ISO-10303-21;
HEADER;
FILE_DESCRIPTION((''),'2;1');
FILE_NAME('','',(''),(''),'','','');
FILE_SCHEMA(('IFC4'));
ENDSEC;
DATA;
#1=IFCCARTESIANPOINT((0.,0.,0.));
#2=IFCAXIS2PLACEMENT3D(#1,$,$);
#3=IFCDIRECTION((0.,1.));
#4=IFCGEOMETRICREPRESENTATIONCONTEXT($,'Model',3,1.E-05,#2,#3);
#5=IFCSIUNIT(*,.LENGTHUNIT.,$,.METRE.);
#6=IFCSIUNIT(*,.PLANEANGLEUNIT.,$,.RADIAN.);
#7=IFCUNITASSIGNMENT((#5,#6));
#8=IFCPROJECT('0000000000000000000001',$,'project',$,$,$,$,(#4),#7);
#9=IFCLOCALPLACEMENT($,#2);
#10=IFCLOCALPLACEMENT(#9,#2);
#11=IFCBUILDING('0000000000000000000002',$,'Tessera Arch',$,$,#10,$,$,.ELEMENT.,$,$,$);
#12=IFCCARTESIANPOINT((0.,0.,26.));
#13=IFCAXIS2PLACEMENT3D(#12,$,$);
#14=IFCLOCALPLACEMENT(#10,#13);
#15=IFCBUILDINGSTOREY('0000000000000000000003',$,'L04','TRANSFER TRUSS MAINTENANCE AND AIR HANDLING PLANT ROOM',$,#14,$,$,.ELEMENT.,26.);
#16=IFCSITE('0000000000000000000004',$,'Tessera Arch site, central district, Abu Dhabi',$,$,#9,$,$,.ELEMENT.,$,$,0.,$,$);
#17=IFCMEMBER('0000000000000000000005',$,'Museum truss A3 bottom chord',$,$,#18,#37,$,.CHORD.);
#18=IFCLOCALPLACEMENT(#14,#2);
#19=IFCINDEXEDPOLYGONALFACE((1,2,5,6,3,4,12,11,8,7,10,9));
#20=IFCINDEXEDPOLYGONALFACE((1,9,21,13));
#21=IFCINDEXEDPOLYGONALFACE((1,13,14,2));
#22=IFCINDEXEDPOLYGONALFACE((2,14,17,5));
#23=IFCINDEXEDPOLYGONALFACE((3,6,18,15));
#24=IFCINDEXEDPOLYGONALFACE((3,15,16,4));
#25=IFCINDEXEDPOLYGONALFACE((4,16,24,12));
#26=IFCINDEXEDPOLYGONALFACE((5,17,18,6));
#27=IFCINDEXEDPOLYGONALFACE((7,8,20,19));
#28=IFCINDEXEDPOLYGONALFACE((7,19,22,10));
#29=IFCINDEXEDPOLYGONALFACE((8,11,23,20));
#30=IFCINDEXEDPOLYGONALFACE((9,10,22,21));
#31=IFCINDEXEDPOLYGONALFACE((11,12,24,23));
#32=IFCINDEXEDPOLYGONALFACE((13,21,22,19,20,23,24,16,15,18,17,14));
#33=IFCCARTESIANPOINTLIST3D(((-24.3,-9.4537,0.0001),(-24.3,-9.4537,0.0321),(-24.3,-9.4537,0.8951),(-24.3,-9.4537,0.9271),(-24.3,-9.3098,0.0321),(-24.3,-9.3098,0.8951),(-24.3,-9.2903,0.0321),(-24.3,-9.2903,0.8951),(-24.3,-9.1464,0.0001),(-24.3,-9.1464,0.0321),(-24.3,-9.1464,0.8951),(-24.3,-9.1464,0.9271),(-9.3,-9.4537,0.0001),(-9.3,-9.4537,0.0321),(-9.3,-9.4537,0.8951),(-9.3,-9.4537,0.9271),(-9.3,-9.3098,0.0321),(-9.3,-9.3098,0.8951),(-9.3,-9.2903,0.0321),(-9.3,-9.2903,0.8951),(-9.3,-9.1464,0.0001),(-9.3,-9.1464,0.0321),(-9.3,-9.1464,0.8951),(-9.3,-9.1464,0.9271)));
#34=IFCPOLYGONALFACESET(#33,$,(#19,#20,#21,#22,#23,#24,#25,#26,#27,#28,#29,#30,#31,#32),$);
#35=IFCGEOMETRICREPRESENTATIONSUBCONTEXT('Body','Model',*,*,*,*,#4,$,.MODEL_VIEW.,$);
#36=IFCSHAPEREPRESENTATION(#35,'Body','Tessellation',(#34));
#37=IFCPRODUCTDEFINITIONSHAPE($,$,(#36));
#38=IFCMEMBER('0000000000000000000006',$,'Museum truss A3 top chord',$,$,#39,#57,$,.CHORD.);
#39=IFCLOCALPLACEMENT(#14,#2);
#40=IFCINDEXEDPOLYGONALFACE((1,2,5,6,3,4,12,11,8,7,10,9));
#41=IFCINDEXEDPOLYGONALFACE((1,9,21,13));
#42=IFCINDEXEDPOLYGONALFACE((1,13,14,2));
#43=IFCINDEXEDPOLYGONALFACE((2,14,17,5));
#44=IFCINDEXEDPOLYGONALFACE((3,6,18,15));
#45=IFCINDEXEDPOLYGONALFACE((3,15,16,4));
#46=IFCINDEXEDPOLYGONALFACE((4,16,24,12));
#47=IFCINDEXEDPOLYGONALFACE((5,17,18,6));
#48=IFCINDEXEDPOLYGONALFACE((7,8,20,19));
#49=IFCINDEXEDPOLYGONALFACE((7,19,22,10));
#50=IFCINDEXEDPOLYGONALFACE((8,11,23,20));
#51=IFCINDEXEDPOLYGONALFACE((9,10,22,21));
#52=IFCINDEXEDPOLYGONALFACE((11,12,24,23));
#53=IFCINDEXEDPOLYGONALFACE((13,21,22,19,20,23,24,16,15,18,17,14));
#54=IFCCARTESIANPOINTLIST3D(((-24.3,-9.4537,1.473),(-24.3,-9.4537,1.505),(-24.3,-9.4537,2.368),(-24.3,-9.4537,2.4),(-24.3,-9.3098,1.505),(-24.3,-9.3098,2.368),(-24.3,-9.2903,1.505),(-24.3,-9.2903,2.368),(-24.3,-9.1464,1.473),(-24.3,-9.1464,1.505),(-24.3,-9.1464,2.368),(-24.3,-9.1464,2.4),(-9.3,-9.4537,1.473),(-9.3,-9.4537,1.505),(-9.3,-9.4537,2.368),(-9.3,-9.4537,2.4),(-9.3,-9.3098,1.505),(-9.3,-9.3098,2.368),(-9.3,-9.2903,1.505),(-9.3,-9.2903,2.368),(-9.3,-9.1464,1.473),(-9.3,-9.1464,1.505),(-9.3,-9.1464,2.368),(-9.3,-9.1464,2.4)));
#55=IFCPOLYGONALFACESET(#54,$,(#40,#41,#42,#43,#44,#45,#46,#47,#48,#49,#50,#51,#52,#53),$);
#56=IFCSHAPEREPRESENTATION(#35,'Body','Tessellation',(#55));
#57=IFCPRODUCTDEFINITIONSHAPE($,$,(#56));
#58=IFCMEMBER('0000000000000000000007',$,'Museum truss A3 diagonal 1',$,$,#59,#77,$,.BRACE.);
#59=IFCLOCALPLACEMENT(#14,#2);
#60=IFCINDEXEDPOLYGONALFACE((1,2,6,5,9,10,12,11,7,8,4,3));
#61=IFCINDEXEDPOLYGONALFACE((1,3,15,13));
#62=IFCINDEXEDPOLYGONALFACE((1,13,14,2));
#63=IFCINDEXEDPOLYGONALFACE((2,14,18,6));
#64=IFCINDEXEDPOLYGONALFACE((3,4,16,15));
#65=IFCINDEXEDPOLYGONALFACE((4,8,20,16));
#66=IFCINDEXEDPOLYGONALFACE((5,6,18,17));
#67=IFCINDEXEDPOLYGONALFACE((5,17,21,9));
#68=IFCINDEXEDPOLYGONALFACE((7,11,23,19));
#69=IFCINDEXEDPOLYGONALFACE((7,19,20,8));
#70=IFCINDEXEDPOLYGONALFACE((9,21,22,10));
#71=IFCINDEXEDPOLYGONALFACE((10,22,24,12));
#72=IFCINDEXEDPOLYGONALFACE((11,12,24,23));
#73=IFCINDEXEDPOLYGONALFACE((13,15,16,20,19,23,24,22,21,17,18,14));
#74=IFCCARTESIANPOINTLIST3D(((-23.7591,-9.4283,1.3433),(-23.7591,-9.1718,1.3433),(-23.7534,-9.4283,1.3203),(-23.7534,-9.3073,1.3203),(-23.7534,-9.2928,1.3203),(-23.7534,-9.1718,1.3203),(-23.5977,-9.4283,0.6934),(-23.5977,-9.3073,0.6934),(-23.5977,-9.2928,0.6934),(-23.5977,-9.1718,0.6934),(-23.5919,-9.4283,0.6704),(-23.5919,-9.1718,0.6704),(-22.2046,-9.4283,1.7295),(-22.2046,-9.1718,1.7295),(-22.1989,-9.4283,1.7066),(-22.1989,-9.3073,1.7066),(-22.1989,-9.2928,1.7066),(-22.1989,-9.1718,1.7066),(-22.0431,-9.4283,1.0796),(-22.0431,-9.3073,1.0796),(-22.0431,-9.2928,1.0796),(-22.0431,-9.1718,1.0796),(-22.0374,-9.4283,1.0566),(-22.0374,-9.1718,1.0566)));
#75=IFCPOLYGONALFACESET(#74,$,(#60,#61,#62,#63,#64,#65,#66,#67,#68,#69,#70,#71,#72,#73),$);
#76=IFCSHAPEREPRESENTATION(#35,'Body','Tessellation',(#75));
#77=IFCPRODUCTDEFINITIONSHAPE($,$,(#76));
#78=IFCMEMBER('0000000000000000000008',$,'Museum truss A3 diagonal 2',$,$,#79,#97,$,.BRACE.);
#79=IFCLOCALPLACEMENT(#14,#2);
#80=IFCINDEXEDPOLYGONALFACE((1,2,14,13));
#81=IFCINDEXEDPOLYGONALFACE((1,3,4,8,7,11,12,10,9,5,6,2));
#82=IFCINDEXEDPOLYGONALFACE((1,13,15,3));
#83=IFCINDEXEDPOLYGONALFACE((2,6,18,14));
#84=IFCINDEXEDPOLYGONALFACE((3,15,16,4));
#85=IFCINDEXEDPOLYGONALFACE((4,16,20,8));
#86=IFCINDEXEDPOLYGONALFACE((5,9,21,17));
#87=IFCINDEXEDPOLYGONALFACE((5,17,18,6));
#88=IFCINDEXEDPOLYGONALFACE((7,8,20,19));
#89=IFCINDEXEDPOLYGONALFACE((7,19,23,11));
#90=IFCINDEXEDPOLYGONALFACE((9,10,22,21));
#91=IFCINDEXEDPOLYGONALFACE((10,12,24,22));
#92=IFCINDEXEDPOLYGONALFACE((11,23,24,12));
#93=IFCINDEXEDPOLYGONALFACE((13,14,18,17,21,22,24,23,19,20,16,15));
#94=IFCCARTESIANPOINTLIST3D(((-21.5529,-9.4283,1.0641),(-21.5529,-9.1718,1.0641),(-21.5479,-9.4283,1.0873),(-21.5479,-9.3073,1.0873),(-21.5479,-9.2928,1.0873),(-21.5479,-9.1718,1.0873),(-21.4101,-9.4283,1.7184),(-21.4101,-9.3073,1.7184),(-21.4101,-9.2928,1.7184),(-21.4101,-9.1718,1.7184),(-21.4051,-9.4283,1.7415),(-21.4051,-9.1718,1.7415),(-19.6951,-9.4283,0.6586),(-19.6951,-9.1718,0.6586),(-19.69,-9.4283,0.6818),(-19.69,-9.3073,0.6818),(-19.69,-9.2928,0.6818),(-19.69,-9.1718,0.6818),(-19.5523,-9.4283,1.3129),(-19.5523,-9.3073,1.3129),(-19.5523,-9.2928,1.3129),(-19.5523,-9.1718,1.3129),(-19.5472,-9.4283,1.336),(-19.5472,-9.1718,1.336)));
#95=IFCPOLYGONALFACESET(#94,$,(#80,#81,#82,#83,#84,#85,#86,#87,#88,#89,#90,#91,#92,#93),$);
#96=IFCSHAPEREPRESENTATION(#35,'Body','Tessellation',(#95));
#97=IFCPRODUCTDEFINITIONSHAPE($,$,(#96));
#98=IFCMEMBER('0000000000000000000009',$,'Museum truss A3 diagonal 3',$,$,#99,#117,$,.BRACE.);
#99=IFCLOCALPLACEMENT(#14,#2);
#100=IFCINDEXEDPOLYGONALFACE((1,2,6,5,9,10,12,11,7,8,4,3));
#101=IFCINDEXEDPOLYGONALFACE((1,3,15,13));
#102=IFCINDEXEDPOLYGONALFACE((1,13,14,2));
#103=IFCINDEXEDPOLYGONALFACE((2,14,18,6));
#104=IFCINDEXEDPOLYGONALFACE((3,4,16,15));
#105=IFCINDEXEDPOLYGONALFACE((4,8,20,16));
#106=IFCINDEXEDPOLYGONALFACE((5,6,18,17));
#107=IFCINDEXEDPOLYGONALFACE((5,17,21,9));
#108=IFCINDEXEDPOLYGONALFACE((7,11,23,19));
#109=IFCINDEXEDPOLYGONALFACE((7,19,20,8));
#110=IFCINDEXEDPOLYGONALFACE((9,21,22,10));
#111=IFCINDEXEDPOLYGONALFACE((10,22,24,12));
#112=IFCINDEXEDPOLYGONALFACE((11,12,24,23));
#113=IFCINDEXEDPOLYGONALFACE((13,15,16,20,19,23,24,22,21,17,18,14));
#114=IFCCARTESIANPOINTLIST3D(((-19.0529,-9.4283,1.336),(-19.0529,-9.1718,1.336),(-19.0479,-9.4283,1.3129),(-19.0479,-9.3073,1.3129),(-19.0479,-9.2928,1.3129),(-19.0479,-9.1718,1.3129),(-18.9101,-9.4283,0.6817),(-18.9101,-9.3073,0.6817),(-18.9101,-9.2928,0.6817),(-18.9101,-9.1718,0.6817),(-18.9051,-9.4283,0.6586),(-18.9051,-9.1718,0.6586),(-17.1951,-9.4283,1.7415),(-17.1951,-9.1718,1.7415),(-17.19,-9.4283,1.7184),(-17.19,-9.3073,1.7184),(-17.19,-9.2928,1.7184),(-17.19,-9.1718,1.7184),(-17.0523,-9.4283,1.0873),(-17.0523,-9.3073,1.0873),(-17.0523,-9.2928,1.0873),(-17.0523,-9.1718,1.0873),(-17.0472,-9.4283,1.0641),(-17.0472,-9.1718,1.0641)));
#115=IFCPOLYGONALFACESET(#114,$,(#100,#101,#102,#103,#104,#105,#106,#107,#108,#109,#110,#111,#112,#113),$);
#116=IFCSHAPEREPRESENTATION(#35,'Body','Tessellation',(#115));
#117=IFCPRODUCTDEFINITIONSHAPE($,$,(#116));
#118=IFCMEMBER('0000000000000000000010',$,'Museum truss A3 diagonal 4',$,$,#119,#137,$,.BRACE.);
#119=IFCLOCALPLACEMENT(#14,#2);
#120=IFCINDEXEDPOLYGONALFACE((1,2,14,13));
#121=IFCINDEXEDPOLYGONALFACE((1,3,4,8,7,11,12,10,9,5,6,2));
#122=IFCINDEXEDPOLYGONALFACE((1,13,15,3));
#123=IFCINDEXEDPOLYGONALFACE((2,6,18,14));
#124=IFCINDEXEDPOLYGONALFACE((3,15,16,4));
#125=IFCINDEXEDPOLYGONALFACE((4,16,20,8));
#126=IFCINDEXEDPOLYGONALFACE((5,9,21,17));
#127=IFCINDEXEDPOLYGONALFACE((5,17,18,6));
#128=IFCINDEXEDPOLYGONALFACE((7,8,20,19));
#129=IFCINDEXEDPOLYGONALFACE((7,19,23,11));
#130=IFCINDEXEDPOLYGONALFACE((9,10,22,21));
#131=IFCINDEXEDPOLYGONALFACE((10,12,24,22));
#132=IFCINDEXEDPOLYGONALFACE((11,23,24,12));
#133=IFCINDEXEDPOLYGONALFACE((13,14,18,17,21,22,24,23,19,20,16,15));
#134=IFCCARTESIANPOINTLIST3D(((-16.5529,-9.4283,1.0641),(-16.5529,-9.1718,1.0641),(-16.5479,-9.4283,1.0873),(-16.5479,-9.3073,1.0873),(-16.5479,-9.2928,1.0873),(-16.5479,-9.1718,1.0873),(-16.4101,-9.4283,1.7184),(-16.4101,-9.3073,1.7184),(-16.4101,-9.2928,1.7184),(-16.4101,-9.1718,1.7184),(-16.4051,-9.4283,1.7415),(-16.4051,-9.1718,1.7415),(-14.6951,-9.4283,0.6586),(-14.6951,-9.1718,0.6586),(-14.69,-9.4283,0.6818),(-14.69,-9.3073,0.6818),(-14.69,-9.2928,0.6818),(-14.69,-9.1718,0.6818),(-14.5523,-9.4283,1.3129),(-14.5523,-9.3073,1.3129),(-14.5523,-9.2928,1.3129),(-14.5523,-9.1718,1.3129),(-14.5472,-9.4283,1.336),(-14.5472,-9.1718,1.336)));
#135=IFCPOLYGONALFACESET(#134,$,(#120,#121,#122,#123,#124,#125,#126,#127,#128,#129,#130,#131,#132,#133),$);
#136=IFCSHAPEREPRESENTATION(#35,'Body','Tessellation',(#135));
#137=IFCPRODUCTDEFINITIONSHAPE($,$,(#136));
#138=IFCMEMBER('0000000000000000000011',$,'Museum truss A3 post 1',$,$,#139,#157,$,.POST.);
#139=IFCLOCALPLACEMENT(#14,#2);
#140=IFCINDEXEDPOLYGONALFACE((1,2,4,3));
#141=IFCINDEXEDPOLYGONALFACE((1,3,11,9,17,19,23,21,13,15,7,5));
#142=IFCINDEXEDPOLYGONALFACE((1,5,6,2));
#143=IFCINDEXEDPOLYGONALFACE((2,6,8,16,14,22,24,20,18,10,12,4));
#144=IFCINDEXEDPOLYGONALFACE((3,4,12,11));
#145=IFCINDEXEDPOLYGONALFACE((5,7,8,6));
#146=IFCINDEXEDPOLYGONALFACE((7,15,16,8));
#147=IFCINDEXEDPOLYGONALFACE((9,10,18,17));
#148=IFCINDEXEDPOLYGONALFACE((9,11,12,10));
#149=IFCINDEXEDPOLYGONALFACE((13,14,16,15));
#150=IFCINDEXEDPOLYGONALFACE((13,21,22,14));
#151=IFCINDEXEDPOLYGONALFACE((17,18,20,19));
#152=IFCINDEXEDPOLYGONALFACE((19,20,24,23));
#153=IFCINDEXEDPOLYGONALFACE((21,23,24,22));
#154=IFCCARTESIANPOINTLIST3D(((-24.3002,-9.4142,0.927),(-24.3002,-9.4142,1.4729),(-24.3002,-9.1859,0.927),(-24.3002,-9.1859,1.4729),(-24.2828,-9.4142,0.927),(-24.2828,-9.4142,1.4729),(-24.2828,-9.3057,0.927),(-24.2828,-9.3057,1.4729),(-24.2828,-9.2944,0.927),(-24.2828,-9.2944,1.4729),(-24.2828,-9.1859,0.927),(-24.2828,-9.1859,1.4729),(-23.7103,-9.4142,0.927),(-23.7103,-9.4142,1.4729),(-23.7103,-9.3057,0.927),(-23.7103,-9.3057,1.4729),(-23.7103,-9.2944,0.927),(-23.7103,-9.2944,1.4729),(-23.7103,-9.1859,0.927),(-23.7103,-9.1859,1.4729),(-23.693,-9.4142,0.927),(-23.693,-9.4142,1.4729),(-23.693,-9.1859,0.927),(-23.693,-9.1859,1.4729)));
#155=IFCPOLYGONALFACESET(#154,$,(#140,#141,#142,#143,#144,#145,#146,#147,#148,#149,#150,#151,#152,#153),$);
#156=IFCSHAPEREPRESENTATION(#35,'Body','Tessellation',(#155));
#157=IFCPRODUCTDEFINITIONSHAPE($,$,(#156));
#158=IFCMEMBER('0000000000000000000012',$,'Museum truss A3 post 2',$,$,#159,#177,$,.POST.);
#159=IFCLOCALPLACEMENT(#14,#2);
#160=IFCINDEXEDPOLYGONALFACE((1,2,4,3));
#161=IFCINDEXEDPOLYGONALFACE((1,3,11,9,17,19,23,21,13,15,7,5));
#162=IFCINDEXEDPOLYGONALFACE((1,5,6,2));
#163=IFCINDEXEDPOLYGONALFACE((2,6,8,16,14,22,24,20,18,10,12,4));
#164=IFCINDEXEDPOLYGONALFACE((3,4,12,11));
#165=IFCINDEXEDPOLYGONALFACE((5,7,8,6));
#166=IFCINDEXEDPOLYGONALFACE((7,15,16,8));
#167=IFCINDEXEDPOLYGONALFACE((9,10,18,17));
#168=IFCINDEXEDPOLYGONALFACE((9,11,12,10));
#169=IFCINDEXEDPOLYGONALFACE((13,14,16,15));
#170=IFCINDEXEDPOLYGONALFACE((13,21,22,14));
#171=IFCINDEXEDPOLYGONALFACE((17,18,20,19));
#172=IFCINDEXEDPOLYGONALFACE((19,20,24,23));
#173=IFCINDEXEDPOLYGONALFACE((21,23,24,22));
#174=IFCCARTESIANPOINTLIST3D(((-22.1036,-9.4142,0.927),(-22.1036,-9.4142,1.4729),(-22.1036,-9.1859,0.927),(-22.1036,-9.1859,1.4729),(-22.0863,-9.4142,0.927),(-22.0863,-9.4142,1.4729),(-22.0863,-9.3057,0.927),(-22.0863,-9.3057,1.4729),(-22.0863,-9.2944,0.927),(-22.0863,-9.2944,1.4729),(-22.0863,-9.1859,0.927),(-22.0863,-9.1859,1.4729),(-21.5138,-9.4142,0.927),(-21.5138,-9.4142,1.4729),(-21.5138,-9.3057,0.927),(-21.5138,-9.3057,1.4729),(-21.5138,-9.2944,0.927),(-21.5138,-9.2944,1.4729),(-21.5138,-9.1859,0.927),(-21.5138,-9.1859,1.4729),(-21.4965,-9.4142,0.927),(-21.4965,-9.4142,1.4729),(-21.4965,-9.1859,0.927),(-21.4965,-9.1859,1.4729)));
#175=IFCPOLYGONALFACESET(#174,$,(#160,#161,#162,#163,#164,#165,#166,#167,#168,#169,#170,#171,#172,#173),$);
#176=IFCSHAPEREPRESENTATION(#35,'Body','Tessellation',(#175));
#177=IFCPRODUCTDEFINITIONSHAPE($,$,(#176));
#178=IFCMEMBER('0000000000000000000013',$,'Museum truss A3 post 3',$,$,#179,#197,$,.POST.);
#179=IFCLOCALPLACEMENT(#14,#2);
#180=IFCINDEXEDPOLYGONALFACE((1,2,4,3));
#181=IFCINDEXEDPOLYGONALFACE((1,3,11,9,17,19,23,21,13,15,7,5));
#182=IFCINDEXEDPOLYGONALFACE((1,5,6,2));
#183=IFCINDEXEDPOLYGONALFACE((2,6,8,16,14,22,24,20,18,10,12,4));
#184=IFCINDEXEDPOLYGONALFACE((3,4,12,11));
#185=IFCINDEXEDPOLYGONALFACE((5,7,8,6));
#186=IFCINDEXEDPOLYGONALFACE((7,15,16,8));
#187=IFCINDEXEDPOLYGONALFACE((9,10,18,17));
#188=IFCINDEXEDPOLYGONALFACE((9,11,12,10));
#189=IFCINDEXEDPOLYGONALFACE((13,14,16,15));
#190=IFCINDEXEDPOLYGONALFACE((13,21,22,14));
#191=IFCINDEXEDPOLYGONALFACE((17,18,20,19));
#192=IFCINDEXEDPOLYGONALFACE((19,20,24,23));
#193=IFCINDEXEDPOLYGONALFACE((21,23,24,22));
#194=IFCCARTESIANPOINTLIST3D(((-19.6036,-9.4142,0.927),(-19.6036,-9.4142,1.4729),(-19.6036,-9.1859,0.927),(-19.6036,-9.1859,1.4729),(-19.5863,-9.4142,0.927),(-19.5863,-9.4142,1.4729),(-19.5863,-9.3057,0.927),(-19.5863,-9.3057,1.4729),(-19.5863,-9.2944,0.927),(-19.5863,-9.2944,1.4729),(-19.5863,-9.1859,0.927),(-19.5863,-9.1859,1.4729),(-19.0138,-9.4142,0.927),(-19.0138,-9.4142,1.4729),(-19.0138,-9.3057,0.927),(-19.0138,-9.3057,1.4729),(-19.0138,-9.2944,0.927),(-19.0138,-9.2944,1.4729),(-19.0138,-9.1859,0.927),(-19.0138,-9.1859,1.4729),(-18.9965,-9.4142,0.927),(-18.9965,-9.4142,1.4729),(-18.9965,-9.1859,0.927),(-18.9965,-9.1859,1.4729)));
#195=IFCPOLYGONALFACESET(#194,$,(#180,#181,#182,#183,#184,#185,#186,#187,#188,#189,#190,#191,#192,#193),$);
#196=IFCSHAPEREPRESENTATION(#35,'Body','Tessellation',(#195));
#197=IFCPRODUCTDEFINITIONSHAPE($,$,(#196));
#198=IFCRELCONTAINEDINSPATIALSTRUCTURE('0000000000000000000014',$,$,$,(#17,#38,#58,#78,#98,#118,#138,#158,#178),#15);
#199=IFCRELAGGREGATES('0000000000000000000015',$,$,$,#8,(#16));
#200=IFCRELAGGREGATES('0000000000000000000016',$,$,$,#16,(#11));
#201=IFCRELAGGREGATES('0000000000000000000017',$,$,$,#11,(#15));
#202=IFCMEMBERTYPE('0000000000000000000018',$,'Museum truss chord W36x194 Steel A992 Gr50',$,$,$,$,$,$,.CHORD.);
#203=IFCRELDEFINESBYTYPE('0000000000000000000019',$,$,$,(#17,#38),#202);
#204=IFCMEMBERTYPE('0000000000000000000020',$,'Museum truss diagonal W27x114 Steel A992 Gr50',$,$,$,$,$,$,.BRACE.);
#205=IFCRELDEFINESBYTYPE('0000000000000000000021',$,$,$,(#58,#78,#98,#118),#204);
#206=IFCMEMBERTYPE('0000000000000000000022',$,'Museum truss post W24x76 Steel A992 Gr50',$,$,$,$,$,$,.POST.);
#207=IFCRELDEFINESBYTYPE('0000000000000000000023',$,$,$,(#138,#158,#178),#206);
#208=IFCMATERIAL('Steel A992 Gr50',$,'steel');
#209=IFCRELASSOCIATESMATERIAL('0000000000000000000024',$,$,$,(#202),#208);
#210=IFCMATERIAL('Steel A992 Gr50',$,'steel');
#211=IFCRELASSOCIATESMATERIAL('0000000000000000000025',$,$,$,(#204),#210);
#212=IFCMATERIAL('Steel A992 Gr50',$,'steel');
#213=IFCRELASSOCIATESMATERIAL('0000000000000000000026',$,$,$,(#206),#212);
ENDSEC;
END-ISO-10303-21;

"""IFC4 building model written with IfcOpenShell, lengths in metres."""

from ifc_helpers import new_model, si_unit, direction, frame, origin, origin_2d, place, context, subcontext, project, spatial, i_section, extrude, material, material_profile, profile_set, type_object, element, save


model = new_model("IFC4")

# Units and contexts
model_context = context("Model", 3, precision=1e-05, world=origin(), true_north=direction((0.0, 1.0)))
body_context = subcontext(model_context, "Body", "Model", "MODEL_VIEW")
ifc_project = project(units=[si_unit("LENGTHUNIT", "METRE"), si_unit("PLANEANGLEUNIT", "RADIAN")], contexts=[model_context])

# Site, building, storey
site_placement = place(None, origin())
site = spatial("IfcSite", under=ifc_project, at=site_placement, Name="Tessera Arch site, central district, Abu Dhabi", CompositionType="ELEMENT", RefElevation=0.0)
building_placement = place(site_placement, origin())
building = spatial("IfcBuilding", under=site, at=building_placement, Name="Tessera Arch", CompositionType="ELEMENT")
storey_placement = place(building_placement, frame((0.0, 0.0, 26.0)))
storey = spatial("IfcBuildingStorey", under=building, at=storey_placement, Name="L04", Description="TRANSFER TRUSS MAINTENANCE AND AIR HANDLING PLANT ROOM", CompositionType="ELEMENT", Elevation=26.0)

# Members
ifc_material_1 = material(Name="Steel A992 Gr50", Category="steel")
ifc_material_profile_1 = material_profile(ifc_material_1, i_section(OverallWidth=0.3074, OverallDepth=0.927, WebThickness=0.0195, FlangeThickness=0.032, at=origin_2d()), Name="W36x194")
ifc_profile_set_1 = profile_set([ifc_material_profile_1], Name="Steel A992 Gr50")
member_type_1 = type_object("IfcMemberType", Name="Museum truss chord W36x194 Steel A992 Gr50", PredefinedType="CHORD", material=ifc_profile_set_1)
for number, where, z_axis, x_axis, name in (
    (1, (-24.3, -9.3, 0.4636), (1.0, 0.0, 0.0), (0.0, 1.0, 0.0), "Museum truss A3 bottom chord"),
    (2, (-24.3, -9.3, 1.9365), (1.0, 0.0, 0.0), (0.0, 1.0, 0.0), "Museum truss A3 top chord"),
):
    element("IfcMember", number, at=place(storey_placement, frame(where, z_axis=z_axis, x_axis=x_axis)), inside=storey, type_object=member_type_1, Name=name, PredefinedType="CHORD", context=body_context, shape_type="SweptSolid", body=[
        extrude(i_section(OverallWidth=0.3074, OverallDepth=0.927, WebThickness=0.0195, FlangeThickness=0.032, at=origin_2d()), origin(), (0.0, 0.0, 1.0), 15.0),
    ])
ifc_material_2 = material(Name="Steel A992 Gr50", Category="steel")
ifc_material_profile_2 = material_profile(ifc_material_2, i_section(OverallWidth=0.2566, OverallDepth=0.6934, WebThickness=0.0144, FlangeThickness=0.0237, at=origin_2d()), Name="W27x114")
ifc_profile_set_2 = profile_set([ifc_material_profile_2], Name="Steel A992 Gr50")
member_type_2 = type_object("IfcMemberType", Name="Museum truss diagonal W27x114 Steel A992 Gr50", PredefinedType="BRACE", material=ifc_profile_set_2)
member_1_placement = place(storey_placement, frame((-23.6755, -9.3, 1.0068), z_axis=(0.970491, 0.0, 0.241137), x_axis=(0.0, 1.0, 0.0)))
element("IfcMember", 3, at=member_1_placement, inside=storey, type_object=member_type_2, Name="Museum truss A3 diagonal 1", PredefinedType="BRACE", context=body_context, shape_type="SweptSolid", body=[
    extrude(i_section(OverallWidth=0.2566, OverallDepth=0.6934, WebThickness=0.0144, FlangeThickness=0.0237, at=origin_2d()), origin(), (0.0, 0.0, 1.0), 1.6018),
])
for number, where, z_axis, x_axis, name in (
    (4, (-21.479, -9.3, 1.4028), (0.976999, 0.0, -0.213245), (0.0, 1.0, 0.0), "Museum truss A3 diagonal 2"),
    (5, (-18.979, -9.3, 0.9973), (0.976999, 0.0, 0.213245), (0.0, 1.0, 0.0), "Museum truss A3 diagonal 3"),
    (6, (-16.479, -9.3, 1.4028), (0.976999, 0.0, -0.213245), (0.0, 1.0, 0.0), "Museum truss A3 diagonal 4"),
):
    element("IfcMember", number, at=place(storey_placement, frame(where, z_axis=z_axis, x_axis=x_axis)), inside=storey, type_object=member_type_2, Name=name, PredefinedType="BRACE", context=body_context, shape_type="SweptSolid", body=[
        extrude(i_section(OverallWidth=0.2566, OverallDepth=0.6934, WebThickness=0.0144, FlangeThickness=0.0237, at=origin_2d()), origin(), (0.0, 0.0, 1.0), 1.9016),
    ])
ifc_material_3 = material(Name="Steel A992 Gr50", Category="steel")
ifc_material_profile_3 = material_profile(ifc_material_3, i_section(OverallWidth=0.2283, OverallDepth=0.6072, WebThickness=0.0112, FlangeThickness=0.0173, at=origin_2d()), Name="W24x76")
ifc_profile_set_3 = profile_set([ifc_material_profile_3], Name="Steel A992 Gr50")
member_type_3 = type_object("IfcMemberType", Name="Museum truss post W24x76 Steel A992 Gr50", PredefinedType="POST", material=ifc_profile_set_3)
for number, where, z_axis, x_axis, name in (
    (7, (-23.9966, -9.3, 0.927), (0.0, 0.0, 1.0), (0.0, 1.0, 0.0), "Museum truss A3 post 1"),
    (8, (-21.8, -9.3, 0.927), (0.0, 0.0, 1.0), (0.0, 1.0, 0.0), "Museum truss A3 post 2"),
    (9, (-19.3, -9.3, 0.927), (0.0, 0.0, 1.0), (0.0, 1.0, 0.0), "Museum truss A3 post 3"),
):
    element("IfcMember", number, at=place(storey_placement, frame(where, z_axis=z_axis, x_axis=x_axis)), inside=storey, type_object=member_type_3, Name=name, PredefinedType="POST", context=body_context, shape_type="SweptSolid", body=[
        extrude(i_section(OverallWidth=0.2283, OverallDepth=0.6072, WebThickness=0.0112, FlangeThickness=0.0173, at=origin_2d()), origin(), (0.0, 0.0, 1.0), 0.5459),
    ])

save(model, "model.ifc")
